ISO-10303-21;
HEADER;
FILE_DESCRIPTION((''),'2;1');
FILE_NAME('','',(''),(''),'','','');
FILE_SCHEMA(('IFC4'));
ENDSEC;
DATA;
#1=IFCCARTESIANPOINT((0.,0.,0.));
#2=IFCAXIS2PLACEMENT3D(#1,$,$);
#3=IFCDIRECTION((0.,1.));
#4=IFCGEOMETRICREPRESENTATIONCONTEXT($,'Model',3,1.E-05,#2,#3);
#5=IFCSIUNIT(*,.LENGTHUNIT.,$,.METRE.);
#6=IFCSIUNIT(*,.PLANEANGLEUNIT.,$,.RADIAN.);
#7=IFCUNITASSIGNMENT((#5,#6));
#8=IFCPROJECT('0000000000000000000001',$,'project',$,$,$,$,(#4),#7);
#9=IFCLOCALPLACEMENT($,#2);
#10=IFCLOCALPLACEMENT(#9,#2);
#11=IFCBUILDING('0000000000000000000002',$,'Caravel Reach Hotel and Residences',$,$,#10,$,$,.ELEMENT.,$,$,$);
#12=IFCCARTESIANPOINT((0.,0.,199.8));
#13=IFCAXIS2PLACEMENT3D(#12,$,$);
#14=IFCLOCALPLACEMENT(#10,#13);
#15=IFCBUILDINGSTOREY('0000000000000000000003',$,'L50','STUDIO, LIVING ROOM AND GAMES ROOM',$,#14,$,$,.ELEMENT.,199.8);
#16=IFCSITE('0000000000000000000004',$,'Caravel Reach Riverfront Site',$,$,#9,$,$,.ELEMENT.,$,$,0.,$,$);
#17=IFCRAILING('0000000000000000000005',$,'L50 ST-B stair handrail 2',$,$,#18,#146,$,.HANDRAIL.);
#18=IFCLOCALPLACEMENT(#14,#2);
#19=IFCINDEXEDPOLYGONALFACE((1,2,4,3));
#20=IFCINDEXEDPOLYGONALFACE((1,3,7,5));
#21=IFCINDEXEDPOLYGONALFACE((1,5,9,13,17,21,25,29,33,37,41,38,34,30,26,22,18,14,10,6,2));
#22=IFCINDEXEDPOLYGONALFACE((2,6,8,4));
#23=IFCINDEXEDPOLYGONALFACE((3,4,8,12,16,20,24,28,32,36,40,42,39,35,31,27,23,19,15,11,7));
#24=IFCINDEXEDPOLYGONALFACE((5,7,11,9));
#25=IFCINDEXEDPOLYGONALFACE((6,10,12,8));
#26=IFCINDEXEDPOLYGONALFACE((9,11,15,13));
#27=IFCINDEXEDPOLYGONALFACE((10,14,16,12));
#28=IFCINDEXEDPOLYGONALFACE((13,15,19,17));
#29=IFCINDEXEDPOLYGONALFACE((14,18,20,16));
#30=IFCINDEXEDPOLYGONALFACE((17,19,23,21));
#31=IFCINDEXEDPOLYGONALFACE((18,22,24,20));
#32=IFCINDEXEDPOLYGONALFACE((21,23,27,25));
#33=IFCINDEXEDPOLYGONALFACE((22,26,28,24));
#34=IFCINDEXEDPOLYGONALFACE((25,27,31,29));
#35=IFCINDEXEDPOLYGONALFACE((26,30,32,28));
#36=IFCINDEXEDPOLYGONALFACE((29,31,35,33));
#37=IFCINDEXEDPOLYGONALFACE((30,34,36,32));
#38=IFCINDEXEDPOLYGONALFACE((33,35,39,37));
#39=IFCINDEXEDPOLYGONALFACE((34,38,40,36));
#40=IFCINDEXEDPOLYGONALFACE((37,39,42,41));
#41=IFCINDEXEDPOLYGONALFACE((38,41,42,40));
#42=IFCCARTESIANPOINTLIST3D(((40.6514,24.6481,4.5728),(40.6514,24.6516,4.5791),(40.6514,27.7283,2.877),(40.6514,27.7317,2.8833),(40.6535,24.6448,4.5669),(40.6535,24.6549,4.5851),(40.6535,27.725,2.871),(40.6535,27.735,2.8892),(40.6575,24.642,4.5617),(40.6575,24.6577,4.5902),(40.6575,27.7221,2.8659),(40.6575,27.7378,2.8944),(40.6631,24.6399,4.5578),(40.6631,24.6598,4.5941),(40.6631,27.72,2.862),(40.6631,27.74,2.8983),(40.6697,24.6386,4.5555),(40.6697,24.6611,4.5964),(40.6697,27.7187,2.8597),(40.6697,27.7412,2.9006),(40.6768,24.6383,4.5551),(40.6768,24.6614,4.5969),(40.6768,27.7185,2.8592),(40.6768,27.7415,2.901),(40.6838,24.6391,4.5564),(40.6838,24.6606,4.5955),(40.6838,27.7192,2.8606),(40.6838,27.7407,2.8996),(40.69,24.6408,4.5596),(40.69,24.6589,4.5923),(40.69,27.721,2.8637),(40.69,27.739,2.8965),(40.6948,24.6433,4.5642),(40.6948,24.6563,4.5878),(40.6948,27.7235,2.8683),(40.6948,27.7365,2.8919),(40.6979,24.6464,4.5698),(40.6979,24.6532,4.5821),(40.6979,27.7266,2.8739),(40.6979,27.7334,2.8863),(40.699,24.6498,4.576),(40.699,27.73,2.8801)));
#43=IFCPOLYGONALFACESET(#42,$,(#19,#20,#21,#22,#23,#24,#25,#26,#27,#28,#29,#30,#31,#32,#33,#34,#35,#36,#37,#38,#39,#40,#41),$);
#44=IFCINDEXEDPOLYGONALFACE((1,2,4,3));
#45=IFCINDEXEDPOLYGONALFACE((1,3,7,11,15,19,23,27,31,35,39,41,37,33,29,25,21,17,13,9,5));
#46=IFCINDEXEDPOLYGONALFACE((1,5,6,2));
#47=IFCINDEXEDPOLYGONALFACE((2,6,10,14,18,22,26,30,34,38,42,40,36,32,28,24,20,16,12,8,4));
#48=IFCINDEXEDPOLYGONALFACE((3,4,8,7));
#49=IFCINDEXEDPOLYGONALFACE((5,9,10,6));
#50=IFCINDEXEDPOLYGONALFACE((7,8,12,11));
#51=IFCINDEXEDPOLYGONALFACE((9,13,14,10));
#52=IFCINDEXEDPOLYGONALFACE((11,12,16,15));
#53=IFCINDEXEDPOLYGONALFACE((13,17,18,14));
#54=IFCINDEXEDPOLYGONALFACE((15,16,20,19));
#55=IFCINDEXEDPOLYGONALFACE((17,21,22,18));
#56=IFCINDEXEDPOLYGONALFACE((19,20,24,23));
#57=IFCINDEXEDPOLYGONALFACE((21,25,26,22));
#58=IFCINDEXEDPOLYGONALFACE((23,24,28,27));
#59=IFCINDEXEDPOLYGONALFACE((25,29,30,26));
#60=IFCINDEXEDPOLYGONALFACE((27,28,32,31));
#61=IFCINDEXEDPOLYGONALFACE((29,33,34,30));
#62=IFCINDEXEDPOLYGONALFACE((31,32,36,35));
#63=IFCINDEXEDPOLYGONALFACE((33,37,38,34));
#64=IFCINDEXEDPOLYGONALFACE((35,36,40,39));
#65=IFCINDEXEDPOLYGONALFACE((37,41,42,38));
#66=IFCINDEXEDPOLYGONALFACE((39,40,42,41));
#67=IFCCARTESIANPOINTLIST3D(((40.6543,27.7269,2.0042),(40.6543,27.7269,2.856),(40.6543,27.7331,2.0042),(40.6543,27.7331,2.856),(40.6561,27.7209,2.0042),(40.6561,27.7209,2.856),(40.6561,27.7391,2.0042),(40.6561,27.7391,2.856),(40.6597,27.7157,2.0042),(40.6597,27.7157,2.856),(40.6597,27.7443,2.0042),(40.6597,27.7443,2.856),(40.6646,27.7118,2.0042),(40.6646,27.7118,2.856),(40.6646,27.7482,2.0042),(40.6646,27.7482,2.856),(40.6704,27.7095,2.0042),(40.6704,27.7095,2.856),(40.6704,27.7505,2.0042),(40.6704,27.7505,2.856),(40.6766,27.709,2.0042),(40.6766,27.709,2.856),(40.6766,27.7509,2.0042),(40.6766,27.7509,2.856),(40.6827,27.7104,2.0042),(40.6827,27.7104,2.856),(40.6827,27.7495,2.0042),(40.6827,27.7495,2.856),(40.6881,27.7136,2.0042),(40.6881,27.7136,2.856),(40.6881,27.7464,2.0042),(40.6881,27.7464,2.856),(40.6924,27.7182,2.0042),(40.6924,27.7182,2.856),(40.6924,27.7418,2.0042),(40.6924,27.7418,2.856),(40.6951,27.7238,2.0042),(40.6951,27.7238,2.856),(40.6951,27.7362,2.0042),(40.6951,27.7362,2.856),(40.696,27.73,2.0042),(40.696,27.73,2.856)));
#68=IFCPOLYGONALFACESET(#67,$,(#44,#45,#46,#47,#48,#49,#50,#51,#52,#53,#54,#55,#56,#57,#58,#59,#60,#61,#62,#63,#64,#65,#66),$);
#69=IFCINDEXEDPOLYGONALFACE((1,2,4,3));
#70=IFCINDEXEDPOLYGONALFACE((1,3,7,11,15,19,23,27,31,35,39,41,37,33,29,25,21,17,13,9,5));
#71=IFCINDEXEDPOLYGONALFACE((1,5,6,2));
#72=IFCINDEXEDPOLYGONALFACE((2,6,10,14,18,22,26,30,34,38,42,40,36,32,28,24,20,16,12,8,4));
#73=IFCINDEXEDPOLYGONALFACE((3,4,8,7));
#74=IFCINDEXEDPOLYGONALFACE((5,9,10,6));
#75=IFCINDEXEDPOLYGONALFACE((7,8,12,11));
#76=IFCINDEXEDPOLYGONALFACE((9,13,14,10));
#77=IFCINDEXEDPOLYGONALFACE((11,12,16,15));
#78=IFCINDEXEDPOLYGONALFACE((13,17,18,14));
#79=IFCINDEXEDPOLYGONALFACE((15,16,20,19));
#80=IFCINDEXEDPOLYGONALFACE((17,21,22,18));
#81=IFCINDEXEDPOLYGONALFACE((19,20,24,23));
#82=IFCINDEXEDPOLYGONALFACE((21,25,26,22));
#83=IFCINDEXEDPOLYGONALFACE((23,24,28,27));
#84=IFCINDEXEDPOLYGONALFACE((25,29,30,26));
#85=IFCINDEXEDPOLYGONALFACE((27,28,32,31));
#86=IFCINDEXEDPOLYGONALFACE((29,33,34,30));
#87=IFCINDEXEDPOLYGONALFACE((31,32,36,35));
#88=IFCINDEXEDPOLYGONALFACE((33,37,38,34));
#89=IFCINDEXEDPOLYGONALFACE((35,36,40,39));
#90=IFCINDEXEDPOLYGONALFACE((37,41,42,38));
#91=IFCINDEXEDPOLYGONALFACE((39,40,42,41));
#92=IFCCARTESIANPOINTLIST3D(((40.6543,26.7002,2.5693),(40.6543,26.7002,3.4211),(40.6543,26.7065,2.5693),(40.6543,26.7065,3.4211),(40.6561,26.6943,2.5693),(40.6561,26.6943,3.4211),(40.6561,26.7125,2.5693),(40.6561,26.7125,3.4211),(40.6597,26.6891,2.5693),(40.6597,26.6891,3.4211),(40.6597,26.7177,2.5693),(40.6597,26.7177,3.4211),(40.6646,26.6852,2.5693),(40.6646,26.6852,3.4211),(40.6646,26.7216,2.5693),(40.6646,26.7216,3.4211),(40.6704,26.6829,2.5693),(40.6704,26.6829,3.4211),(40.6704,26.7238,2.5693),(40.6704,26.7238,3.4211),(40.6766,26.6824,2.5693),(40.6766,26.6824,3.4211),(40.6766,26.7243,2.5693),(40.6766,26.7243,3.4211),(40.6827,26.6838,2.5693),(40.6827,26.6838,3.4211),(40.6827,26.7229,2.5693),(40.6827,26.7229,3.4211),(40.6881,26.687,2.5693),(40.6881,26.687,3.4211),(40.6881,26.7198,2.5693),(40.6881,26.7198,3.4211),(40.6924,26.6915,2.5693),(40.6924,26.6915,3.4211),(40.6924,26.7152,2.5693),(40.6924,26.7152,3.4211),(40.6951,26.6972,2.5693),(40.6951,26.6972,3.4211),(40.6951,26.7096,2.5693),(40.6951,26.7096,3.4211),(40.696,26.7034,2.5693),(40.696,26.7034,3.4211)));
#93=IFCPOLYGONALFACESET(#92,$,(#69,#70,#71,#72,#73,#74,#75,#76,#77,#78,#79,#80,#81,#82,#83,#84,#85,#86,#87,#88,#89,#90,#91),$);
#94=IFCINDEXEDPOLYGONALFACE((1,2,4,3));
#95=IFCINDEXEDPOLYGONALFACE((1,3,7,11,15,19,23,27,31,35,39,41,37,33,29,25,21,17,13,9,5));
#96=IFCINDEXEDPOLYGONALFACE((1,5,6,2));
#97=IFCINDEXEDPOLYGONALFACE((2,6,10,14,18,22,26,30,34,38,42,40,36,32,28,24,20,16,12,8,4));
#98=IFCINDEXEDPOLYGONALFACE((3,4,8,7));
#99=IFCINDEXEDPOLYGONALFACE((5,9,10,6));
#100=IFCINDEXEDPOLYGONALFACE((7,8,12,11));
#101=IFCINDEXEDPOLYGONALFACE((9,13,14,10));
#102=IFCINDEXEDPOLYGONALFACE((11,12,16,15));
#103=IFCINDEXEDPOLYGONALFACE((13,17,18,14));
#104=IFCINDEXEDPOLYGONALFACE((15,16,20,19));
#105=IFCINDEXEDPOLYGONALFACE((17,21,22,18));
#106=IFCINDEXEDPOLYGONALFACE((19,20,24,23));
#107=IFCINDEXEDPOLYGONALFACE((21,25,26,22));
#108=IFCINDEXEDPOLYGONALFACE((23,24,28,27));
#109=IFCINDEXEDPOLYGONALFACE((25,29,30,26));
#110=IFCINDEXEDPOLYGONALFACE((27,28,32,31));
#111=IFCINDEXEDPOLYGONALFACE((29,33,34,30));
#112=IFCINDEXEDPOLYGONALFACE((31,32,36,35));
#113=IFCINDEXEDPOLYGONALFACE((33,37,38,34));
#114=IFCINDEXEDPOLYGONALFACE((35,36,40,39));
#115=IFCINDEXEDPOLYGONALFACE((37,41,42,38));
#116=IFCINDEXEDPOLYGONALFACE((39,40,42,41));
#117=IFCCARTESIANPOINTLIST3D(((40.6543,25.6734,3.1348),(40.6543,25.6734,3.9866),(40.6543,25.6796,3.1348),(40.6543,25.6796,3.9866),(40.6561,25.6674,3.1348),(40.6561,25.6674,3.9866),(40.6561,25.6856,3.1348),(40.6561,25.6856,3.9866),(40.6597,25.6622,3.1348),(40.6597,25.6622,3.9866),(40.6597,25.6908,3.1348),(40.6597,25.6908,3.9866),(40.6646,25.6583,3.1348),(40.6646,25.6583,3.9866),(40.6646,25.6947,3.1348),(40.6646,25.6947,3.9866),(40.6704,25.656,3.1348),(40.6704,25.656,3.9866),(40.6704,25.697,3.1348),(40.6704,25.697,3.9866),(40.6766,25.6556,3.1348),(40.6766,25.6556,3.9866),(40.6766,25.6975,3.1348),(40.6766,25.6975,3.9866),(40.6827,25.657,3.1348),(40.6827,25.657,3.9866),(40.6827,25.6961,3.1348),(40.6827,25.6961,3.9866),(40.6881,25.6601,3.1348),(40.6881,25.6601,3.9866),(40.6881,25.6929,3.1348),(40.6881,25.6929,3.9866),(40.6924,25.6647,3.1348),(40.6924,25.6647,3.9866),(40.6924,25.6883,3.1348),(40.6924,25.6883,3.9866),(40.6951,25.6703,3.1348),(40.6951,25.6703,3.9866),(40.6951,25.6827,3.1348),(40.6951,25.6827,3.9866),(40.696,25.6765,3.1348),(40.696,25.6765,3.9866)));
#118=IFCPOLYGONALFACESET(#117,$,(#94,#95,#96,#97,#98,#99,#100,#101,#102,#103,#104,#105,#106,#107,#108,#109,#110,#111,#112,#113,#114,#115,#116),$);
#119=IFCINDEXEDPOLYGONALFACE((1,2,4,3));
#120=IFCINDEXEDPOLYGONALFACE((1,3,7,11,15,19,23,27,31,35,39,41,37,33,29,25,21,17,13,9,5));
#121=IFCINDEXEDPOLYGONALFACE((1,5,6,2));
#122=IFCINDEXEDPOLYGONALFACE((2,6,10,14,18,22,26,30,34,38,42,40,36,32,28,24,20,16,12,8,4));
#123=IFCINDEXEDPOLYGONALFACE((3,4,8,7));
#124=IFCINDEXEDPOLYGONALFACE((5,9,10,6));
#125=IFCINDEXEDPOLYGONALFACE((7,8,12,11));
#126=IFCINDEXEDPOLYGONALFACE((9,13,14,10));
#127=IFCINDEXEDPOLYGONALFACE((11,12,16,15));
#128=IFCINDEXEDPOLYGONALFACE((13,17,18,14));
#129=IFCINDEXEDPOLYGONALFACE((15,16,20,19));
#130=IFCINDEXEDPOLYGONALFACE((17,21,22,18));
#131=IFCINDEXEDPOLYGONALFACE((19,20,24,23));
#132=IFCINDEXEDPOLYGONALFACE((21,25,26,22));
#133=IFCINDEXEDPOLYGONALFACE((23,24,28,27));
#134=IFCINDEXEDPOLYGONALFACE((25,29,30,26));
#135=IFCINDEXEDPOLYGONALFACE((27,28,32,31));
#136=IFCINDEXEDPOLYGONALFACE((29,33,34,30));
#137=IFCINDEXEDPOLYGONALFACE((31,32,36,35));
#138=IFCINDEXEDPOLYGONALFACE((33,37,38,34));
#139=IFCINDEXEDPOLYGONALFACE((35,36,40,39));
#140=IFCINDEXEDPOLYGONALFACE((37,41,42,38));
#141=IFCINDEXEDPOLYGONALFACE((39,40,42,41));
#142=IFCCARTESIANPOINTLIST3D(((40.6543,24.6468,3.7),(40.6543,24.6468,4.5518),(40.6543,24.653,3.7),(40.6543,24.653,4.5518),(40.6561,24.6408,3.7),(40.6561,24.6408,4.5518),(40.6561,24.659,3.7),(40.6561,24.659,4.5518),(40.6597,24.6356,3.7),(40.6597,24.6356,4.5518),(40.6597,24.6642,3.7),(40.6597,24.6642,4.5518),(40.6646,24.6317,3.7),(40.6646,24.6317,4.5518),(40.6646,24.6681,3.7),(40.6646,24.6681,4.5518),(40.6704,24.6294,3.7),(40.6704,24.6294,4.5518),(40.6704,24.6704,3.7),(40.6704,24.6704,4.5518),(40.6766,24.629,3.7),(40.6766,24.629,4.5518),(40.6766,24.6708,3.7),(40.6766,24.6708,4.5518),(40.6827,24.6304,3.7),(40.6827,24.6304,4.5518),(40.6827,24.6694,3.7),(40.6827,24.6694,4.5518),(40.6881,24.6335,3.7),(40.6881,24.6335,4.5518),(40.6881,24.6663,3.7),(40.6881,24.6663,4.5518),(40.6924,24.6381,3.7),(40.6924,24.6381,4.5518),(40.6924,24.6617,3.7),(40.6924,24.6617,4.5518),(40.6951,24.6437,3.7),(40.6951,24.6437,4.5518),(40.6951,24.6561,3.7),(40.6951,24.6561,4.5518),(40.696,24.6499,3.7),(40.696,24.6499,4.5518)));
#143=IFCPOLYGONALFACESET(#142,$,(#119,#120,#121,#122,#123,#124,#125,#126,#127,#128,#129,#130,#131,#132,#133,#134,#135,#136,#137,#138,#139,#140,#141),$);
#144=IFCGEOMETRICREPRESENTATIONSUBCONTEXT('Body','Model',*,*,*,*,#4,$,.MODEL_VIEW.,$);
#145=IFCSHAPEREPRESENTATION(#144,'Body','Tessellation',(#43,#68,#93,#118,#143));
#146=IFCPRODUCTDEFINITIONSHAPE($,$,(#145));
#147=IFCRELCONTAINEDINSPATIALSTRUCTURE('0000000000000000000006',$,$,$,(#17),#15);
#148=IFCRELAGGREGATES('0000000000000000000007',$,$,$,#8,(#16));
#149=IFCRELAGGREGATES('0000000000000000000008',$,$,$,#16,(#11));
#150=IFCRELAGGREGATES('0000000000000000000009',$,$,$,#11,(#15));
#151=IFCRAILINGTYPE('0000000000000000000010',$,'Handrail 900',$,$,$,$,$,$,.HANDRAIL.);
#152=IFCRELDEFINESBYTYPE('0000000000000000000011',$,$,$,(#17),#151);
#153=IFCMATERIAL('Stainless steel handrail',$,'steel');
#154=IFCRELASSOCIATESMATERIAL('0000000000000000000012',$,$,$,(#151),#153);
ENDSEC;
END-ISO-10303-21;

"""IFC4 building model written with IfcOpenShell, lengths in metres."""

from ifc_helpers import new_model, si_unit, direction, frame, origin, origin_2d, place, context, subcontext, project, spatial, circle, extrude, material, type_object, element, save


model = new_model("IFC4")

# Units and contexts
model_context = context("Model", 3, precision=1e-05, world=origin(), true_north=direction((0.0, 1.0)))
body_context = subcontext(model_context, "Body", "Model", "MODEL_VIEW")
ifc_project = project(units=[si_unit("LENGTHUNIT", "METRE"), si_unit("PLANEANGLEUNIT", "RADIAN")], contexts=[model_context])

# Site, building, storey
site_placement = place(None, origin())
site = spatial("IfcSite", under=ifc_project, at=site_placement, Name="Caravel Reach Riverfront Site", CompositionType="ELEMENT", RefElevation=0.0)
building_placement = place(site_placement, origin())
building = spatial("IfcBuilding", under=site, at=building_placement, Name="Caravel Reach Hotel and Residences", CompositionType="ELEMENT")
storey_placement = place(building_placement, frame((0.0, 0.0, 199.8)))
storey = spatial("IfcBuildingStorey", under=building, at=storey_placement, Name="L50", Description="STUDIO, LIVING ROOM AND GAMES ROOM", CompositionType="ELEMENT", Elevation=199.8)

# Railing
ifc_material_1 = material(Name="Stainless steel handrail", Category="steel")
railing_type_1 = type_object("IfcRailingType", Name="Handrail 900", PredefinedType="HANDRAIL", material=ifc_material_1)
railing_1_placement = place(storey_placement, frame((40.675, 27.73, 2.0042)))
element("IfcRailing", 1, at=railing_1_placement, inside=storey, type_object=railing_type_1, Name="L50 ST-B stair handrail 2", PredefinedType="HANDRAIL", context=body_context, shape_type="SweptSolid", body=[
    extrude(circle(Radius=0.0239, at=origin_2d()), frame((0.0, 0.0, 0.876), z_axis=(0.0, -0.876005, 0.482303), x_axis=(1.0, 0.0, 0.0)), (0.0, 0.0, 1.0), 3.5161),
    extrude(circle(Radius=0.021, at=origin_2d()), origin(), (0.0, 0.0, 1.0), 0.8518),
    extrude(circle(Radius=0.021, at=origin_2d()), frame((0.0, -1.0266, 0.5652)), (0.0, 0.0, 1.0), 0.8518),
    extrude(circle(Radius=0.021, at=origin_2d()), frame((0.0, -2.0535, 1.1306)), (0.0, 0.0, 1.0), 0.8518),
    extrude(circle(Radius=0.021, at=origin_2d()), frame((0.0, -3.0801, 1.6958)), (0.0, 0.0, 1.0), 0.8518),
])

save(model, "model.ifc")
